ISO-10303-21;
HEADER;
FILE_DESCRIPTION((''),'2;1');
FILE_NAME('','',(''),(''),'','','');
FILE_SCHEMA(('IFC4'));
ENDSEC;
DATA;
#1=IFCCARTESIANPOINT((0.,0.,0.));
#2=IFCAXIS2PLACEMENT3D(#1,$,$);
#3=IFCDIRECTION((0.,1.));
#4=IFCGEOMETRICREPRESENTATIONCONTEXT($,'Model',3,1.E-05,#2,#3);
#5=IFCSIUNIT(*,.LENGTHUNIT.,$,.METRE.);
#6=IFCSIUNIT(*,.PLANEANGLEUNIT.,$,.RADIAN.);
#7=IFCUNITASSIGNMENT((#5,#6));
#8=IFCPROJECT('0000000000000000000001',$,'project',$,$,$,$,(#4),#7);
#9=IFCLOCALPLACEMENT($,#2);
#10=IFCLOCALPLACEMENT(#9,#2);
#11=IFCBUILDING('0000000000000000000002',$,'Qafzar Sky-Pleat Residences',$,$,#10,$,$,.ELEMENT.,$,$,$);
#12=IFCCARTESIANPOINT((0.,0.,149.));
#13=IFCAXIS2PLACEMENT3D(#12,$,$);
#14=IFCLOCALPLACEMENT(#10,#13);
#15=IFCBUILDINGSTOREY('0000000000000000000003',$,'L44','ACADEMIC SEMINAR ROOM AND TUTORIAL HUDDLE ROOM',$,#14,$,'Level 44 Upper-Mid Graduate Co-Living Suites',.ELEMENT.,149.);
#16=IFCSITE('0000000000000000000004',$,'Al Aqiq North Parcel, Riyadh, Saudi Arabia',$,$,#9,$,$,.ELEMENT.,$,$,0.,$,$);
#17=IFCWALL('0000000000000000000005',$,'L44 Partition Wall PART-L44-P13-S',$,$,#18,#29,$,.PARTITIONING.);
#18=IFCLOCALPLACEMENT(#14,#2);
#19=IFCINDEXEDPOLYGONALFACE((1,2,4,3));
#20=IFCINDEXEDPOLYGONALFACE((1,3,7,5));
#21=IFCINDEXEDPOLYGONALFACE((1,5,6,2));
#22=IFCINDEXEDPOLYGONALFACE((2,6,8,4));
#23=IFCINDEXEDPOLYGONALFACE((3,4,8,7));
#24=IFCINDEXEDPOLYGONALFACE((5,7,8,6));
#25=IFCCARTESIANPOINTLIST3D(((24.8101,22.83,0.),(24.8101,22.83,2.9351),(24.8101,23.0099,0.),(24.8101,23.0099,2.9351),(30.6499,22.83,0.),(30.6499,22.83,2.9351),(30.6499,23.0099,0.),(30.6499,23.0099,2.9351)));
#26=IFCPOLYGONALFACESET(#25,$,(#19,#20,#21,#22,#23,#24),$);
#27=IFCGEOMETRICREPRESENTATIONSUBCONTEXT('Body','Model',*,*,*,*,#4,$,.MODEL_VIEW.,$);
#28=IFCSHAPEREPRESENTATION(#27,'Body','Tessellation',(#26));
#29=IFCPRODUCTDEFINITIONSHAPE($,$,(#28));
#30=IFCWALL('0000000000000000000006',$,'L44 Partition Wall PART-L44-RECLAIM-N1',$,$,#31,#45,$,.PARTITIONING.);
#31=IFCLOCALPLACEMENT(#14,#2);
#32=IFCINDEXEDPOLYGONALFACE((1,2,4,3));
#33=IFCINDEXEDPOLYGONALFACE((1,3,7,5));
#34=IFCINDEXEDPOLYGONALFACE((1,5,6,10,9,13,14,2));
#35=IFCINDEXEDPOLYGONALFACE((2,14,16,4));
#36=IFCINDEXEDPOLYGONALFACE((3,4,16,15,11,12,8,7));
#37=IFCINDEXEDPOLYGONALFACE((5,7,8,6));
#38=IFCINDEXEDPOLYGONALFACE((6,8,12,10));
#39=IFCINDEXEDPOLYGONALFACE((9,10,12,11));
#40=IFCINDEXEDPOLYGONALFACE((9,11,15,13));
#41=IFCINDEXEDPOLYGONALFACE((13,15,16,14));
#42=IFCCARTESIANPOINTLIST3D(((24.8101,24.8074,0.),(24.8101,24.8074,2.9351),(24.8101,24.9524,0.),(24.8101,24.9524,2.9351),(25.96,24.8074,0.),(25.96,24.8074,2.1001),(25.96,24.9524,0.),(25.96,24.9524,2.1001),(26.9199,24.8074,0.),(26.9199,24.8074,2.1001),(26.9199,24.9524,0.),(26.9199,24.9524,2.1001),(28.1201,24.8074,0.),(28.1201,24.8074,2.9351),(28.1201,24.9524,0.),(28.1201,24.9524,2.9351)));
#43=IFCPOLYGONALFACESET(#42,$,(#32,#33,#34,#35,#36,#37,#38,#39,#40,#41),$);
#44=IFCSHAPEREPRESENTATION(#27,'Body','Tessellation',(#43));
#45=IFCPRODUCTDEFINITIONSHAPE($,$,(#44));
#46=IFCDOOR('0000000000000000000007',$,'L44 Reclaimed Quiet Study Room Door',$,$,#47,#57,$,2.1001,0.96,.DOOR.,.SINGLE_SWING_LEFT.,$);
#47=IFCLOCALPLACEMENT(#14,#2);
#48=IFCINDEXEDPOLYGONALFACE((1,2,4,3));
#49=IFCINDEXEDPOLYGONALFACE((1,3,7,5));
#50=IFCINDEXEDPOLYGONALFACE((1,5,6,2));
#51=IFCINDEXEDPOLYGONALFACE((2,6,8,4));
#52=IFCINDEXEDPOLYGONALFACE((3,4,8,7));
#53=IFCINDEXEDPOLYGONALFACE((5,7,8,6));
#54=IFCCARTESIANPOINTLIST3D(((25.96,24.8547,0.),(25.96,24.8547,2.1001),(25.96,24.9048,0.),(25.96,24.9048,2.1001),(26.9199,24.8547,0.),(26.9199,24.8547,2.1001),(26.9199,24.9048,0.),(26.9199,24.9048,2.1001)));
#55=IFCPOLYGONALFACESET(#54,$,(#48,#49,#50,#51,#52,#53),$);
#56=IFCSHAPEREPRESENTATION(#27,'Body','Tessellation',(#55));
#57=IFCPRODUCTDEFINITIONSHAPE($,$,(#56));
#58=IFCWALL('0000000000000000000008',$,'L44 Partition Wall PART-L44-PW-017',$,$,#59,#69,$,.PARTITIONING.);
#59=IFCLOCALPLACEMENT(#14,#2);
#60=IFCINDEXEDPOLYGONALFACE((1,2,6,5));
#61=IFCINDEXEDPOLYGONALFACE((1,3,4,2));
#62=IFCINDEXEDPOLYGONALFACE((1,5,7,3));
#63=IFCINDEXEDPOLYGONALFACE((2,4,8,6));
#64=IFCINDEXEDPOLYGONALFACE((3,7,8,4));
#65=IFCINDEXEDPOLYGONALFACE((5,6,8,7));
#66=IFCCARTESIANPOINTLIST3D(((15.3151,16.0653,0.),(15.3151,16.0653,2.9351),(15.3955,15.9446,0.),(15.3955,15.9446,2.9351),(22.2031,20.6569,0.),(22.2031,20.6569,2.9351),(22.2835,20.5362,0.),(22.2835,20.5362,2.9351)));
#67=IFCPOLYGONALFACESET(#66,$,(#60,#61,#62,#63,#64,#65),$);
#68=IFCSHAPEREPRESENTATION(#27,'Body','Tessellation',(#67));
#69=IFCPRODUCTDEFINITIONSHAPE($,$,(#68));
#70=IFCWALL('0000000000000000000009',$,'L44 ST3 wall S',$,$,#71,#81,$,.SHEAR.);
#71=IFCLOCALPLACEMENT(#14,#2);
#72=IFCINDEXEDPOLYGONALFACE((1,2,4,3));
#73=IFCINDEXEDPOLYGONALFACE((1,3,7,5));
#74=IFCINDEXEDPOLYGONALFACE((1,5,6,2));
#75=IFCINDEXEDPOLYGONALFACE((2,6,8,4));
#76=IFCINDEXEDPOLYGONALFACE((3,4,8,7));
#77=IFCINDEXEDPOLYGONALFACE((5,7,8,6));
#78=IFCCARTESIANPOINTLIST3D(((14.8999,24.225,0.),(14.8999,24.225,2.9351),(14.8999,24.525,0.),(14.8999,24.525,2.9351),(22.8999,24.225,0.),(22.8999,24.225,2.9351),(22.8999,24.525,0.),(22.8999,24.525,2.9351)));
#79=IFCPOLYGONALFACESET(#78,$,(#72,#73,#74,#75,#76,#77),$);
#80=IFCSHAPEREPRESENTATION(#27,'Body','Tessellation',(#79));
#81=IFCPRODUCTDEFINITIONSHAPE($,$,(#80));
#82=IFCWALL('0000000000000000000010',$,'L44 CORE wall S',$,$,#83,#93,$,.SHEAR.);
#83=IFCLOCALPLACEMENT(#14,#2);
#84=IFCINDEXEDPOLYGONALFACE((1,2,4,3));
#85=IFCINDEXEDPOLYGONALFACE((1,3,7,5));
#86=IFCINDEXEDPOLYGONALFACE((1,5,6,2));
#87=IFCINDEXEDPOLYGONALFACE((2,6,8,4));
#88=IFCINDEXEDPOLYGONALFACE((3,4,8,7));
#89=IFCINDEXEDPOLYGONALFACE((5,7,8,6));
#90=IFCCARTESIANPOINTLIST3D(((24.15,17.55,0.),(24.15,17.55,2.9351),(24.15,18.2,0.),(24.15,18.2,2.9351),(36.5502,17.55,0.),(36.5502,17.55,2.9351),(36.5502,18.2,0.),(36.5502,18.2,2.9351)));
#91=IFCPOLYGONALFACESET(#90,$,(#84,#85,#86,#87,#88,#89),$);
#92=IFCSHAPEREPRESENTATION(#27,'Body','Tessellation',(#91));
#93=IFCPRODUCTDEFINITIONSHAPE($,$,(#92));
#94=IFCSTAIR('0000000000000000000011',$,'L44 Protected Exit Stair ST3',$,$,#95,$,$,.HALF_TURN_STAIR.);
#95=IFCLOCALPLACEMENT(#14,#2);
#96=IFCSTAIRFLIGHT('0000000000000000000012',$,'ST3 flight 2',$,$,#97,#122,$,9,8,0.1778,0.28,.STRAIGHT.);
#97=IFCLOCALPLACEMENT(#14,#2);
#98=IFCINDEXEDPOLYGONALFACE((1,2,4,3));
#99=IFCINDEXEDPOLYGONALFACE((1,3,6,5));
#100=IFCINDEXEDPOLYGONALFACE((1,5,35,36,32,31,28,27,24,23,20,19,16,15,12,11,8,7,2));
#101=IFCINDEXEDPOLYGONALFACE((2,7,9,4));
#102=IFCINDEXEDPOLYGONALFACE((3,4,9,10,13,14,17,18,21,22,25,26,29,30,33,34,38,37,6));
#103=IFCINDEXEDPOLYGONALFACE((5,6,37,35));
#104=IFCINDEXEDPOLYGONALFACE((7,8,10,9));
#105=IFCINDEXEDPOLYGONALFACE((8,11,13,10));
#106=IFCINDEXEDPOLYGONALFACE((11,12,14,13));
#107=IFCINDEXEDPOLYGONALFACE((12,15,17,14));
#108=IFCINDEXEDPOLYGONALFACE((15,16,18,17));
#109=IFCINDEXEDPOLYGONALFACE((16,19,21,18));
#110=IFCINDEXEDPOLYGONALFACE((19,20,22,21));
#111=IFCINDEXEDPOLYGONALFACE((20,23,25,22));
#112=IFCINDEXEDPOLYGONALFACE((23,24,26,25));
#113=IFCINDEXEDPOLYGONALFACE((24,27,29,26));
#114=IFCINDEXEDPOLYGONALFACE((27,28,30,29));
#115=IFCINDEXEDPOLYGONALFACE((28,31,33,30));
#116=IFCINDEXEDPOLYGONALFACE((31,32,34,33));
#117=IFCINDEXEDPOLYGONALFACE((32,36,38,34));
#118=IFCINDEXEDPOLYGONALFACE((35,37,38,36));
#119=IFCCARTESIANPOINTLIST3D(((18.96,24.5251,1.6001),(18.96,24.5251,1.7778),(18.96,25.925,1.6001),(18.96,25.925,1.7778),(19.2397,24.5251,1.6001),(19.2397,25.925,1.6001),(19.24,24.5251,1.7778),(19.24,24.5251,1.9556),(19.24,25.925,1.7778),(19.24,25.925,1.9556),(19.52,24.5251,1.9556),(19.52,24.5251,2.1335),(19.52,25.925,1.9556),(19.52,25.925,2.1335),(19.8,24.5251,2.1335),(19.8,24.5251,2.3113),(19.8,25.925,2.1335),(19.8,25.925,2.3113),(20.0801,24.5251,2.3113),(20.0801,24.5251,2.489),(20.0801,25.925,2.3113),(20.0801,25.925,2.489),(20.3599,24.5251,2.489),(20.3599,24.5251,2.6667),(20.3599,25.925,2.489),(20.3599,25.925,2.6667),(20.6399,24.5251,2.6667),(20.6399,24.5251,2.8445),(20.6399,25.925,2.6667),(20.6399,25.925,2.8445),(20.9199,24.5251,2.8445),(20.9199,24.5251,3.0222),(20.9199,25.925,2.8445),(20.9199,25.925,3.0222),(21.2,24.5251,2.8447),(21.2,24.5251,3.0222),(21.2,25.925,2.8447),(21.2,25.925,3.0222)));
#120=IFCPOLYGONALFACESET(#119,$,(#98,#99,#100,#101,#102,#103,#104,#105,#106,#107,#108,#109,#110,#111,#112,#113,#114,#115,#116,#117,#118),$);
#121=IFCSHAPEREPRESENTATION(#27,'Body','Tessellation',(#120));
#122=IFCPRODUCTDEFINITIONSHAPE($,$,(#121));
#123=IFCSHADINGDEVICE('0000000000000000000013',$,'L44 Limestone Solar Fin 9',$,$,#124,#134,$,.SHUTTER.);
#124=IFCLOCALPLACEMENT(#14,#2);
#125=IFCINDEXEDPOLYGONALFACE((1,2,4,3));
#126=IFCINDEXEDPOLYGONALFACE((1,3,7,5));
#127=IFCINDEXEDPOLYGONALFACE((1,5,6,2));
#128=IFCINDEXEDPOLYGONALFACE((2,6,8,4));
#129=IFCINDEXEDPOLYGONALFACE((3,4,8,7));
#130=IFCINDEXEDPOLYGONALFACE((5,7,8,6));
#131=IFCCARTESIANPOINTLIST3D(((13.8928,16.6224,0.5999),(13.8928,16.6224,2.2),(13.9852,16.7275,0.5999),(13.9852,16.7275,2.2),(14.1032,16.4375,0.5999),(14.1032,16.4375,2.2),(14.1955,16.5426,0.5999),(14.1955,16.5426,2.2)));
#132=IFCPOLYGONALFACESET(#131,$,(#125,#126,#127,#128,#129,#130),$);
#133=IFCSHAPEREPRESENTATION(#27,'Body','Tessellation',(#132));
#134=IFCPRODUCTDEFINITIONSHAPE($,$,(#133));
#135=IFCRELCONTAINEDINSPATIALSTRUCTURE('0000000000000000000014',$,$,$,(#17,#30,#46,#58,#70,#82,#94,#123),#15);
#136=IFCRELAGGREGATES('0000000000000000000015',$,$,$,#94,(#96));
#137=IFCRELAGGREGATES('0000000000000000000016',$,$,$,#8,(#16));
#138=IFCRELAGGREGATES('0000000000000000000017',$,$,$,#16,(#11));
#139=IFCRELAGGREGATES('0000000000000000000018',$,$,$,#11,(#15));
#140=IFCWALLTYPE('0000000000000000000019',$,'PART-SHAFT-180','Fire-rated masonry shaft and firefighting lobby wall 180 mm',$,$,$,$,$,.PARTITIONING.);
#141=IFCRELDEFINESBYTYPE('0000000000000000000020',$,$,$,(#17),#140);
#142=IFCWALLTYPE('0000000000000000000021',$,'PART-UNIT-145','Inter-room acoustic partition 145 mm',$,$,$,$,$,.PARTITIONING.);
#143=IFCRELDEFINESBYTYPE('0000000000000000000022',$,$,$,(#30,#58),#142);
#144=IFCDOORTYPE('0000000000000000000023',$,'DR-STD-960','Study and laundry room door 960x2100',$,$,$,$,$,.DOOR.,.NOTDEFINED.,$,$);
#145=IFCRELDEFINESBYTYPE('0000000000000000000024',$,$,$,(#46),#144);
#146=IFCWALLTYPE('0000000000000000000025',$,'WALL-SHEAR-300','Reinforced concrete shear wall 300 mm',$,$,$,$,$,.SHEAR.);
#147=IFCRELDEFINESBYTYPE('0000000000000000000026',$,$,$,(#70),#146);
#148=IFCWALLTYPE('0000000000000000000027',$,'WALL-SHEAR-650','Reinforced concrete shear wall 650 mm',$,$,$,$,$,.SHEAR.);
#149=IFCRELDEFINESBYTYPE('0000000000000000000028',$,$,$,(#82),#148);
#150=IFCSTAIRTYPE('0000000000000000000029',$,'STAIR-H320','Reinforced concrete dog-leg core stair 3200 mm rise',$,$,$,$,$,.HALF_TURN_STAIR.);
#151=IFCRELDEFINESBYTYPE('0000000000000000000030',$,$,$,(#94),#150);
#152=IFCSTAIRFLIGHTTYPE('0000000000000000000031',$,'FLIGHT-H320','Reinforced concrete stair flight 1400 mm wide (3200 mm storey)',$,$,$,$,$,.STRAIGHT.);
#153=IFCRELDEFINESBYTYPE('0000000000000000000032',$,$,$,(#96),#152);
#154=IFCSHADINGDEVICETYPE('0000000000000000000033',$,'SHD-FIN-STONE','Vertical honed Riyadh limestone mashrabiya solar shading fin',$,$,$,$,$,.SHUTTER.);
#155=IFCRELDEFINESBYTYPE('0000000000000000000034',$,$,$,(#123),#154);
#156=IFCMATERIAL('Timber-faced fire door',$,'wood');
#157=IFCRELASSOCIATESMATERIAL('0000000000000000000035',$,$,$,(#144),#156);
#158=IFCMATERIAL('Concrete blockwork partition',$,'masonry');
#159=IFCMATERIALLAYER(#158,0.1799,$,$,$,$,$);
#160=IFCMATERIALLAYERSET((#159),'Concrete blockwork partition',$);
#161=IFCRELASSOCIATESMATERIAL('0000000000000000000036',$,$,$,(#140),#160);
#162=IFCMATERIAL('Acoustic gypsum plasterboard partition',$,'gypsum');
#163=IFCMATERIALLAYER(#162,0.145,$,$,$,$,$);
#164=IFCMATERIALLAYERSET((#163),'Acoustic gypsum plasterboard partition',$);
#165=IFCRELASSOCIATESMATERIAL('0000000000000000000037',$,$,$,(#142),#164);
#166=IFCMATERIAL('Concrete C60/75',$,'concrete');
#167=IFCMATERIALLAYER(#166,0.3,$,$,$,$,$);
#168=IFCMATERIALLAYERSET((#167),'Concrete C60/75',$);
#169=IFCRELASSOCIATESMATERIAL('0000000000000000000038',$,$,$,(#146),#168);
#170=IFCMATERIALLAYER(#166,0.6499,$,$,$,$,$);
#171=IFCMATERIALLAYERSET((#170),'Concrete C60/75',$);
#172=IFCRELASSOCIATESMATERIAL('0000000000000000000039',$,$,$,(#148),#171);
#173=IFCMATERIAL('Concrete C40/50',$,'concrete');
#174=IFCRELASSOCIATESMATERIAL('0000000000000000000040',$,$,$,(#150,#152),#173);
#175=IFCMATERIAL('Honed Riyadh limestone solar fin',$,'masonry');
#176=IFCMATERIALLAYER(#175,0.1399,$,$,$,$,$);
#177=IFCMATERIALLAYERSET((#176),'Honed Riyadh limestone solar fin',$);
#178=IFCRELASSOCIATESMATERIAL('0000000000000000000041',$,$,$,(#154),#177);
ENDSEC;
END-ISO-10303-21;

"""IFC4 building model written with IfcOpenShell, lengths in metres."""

from ifc_helpers import new_model, si_unit, direction, frame, frame_2d, origin, origin_2d, place, context, subcontext, project, spatial, polyline, rectangle, outline, extrude, source, transform, mapped, material, layer, layer_set, type_object, element, fill, aggregate, save


model = new_model("IFC4")

# Units and contexts
model_context = context("Model", 3, precision=1e-05, world=origin(), true_north=direction((0.0, 1.0)))
body_context = subcontext(model_context, "Body", "Model", "MODEL_VIEW")
ifc_project = project(units=[si_unit("LENGTHUNIT", "METRE"), si_unit("PLANEANGLEUNIT", "RADIAN")], contexts=[model_context])

# Site, building, storey
site_placement = place(None, origin())
site = spatial("IfcSite", under=ifc_project, at=site_placement, Name="Al Aqiq North Parcel, Riyadh, Saudi Arabia", CompositionType="ELEMENT", RefElevation=0.0)
building_placement = place(site_placement, origin())
building = spatial("IfcBuilding", under=site, at=building_placement, Name="Qafzar Sky-Pleat Residences", CompositionType="ELEMENT")
storey_placement = place(building_placement, frame((0.0, 0.0, 149.0)))
storey = spatial("IfcBuildingStorey", under=building, at=storey_placement, Name="L44", Description="ACADEMIC SEMINAR ROOM AND TUTORIAL HUDDLE ROOM", LongName="Level 44 Upper-Mid Graduate Co-Living Suites", CompositionType="ELEMENT", Elevation=149.0)

# Shared definitions
ifc_material_1 = material(Name="Acoustic gypsum plasterboard partition", Category="gypsum")
ifc_material_2 = material(Name="Timber-faced fire door", Category="wood")
door_type_1 = type_object("IfcDoorType", Name="DR-STD-960", Description="Study and laundry room door 960x2100", OperationType="NOTDEFINED", PredefinedType="DOOR", material=ifc_material_2)
shared_shape_1 = source(origin(), body_context, "Body", "SweptSolid", [
    extrude(rectangle(XDim=0.96, YDim=2.1001, at=frame_2d((0.48, 1.05))), frame((0.0, 0.0249, 0.0), z_axis=(0.0, -1.0, 0.0), x_axis=(1.0, 0.0, 0.0)), (0.0, 0.0, 1.0), 0.05),
])

# Wall
ifc_material_3 = material(Name="Concrete blockwork partition", Category="masonry")
ifc_layer_1 = layer(ifc_material_3, 0.1799)
ifc_layer_set_1 = layer_set([ifc_layer_1], Name="Concrete blockwork partition")
wall_type_1 = type_object("IfcWallType", Name="PART-SHAFT-180", Description="Fire-rated masonry shaft and firefighting lobby wall 180 mm", PredefinedType="PARTITIONING", material=ifc_layer_set_1)
wall_1_placement = place(storey_placement, frame((24.8101, 22.9199, 0.0), z_axis=(0.0, 0.0, 1.0), x_axis=(1.0, 0.0, 0.0)))
element("IfcWall", 1, at=wall_1_placement, inside=storey, type_object=wall_type_1, Name="L44 Partition Wall PART-L44-P13-S", PredefinedType="PARTITIONING", context=body_context, shape_type="SweptSolid", body=[
    extrude(rectangle(XDim=5.8398, YDim=0.1799, at=frame_2d((2.9199, 0.0))), origin(), (0.0, 0.0, 1.0), 2.9351),
])

# Wall, opening, door
ifc_layer_2 = layer(ifc_material_1, 0.145)
ifc_layer_set_2 = layer_set([ifc_layer_2], Name="Acoustic gypsum plasterboard partition")
wall_type_2 = type_object("IfcWallType", Name="PART-UNIT-145", Description="Inter-room acoustic partition 145 mm", PredefinedType="PARTITIONING", material=ifc_layer_set_2)
wall_2_placement = place(storey_placement, frame((24.8101, 24.8799, 0.0), z_axis=(0.0, 0.0, 1.0), x_axis=(1.0, 0.0, 0.0)))
wall_2 = element("IfcWall", 2, at=wall_2_placement, inside=storey, type_object=wall_type_2, Name="L44 Partition Wall PART-L44-RECLAIM-N1", PredefinedType="PARTITIONING", context=body_context, shape_type="SweptSolid", body=[
    extrude(rectangle(XDim=3.3101, YDim=0.145, at=frame_2d((1.655, 0.0))), origin(), (0.0, 0.0, 1.0), 2.9351),
])
opening_1_placement = place(wall_2_placement, frame((1.1499, 0.0, 0.0)))
opening_1 = element("IfcOpeningElement", 3, at=opening_1_placement, cuts=wall_2, PredefinedType="OPENING", context=body_context, shape_type="SweptSolid", body=[
    extrude(rectangle(XDim=0.96, YDim=2.1001, at=frame_2d((0.48, 1.05))), frame((0.0, 0.0825, 0.0), z_axis=(0.0, -1.0, 0.0), x_axis=(1.0, 0.0, 0.0)), (0.0, 0.0, 1.0), 0.165),
])
door_1_placement = place(opening_1_placement, origin())
door_1 = element("IfcDoor", 4, at=door_1_placement, inside=storey, type_object=door_type_1, Name="L44 Reclaimed Quiet Study Room Door", OperationType="SINGLE_SWING_LEFT", OverallHeight=2.1001, OverallWidth=0.96, PredefinedType="DOOR", context=body_context, shape_type="MappedRepresentation", body=[
    mapped(shared_shape_1, transform((0.0, 0.0, 0.0), x_axis=(1.0, 0.0, 0.0), y_axis=(0.0, 1.0, 0.0), z_axis=(0.0, 0.0, 1.0), scale=1.0)),
])
fill(opening_1, door_1)

# Wall
wall_3_placement = place(storey_placement, frame((15.3552, 16.0049, 0.0), z_axis=(0.0, 0.0, 1.0), x_axis=(0.832073, 0.554666, 0.0)))
element("IfcWall", 5, at=wall_3_placement, inside=storey, type_object=wall_type_2, Name="L44 Partition Wall PART-L44-PW-017", PredefinedType="PARTITIONING", context=body_context, shape_type="SweptSolid", body=[
    extrude(rectangle(XDim=8.2781, YDim=0.145, at=frame_2d((4.1392, 0.0))), origin(), (0.0, 0.0, 1.0), 2.9351),
])

# Shared definitions
ifc_material_4 = material(Name="Concrete C60/75", Category="concrete")
ifc_layer_3 = layer(ifc_material_4, 0.3)
ifc_layer_set_3 = layer_set([ifc_layer_3], Name="Concrete C60/75")
wall_type_3 = type_object("IfcWallType", Name="WALL-SHEAR-300", Description="Reinforced concrete shear wall 300 mm", PredefinedType="SHEAR", material=ifc_layer_set_3)

# Wall
wall_4_placement = place(storey_placement, frame((14.8999, 24.375, 0.0), z_axis=(0.0, 0.0, 1.0), x_axis=(1.0, 0.0, 0.0)))
element("IfcWall", 6, at=wall_4_placement, inside=storey, type_object=wall_type_3, Name="L44 ST3 wall S", PredefinedType="SHEAR", context=body_context, shape_type="SweptSolid", body=[
    extrude(rectangle(XDim=8.0, YDim=0.3, at=frame_2d((4.0, 0.0))), origin(), (0.0, 0.0, 1.0), 2.9351),
])

# Wall
ifc_layer_4 = layer(ifc_material_4, 0.6499)
ifc_layer_set_4 = layer_set([ifc_layer_4], Name="Concrete C60/75")
wall_type_4 = type_object("IfcWallType", Name="WALL-SHEAR-650", Description="Reinforced concrete shear wall 650 mm", PredefinedType="SHEAR", material=ifc_layer_set_4)
wall_5_placement = place(storey_placement, frame((24.1499, 17.875, 0.0), z_axis=(0.0, 0.0, 1.0), x_axis=(1.0, 0.0, 0.0)))
element("IfcWall", 7, at=wall_5_placement, inside=storey, type_object=wall_type_4, Name="L44 CORE wall S", PredefinedType="SHEAR", context=body_context, shape_type="SweptSolid", body=[
    extrude(rectangle(XDim=12.4001, YDim=0.6499, at=frame_2d((6.2002, 0.0))), origin(), (0.0, 0.0, 1.0), 2.9351),
])

# Stair, stair flight
ifc_material_5 = material(Name="Concrete C40/50", Category="concrete")
stair_type = type_object("IfcStairType", Name="STAIR-H320", Description="Reinforced concrete dog-leg core stair 3200 mm rise", PredefinedType="HALF_TURN_STAIR", material=ifc_material_5)
stair_placement = place(storey_placement, origin())
stair = element("IfcStair", 8, at=stair_placement, inside=storey, type_object=stair_type, Name="L44 Protected Exit Stair ST3", PredefinedType="HALF_TURN_STAIR")
stair_flight_type = type_object("IfcStairFlightType", Name="FLIGHT-H320", Description="Reinforced concrete stair flight 1400 mm wide (3200 mm storey)", PredefinedType="STRAIGHT", material=ifc_material_5)
shared_shape_2 = source(origin(), body_context, "Body", "SweptSolid", [
    extrude(outline(polyline([(0.0, 0.0), (0.0, 0.1777), (0.28, 0.1777), (0.28, 0.3555), (0.5601, 0.3555), (0.5601, 0.5334), (0.8401, 0.5334), (0.8401, 0.7112), (1.1201, 0.7112), (1.1201, 0.8889), (1.3999, 0.8889), (1.3999, 1.0667), (1.6799, 1.0667), (1.6799, 1.2444), (1.96, 1.2444), (1.96, 1.4221), (2.24, 1.4221), (2.24, 1.6001), (2.24, 1.2446), (0.2798, 0.0), (0.0, 0.0)])), frame((0.0, 0.7, 0.0), z_axis=(0.0, -1.0, 0.0), x_axis=(1.0, 0.0, 0.0)), (0.0, 0.0, 1.0), 1.3999),
])
stair_flight_placement = place(storey_placement, frame((18.96, 25.2251, 1.6001), z_axis=(0.0, 0.0, 1.0), x_axis=(1.0, 0.0, 0.0)))
stair_flight = element("IfcStairFlight", 9, at=stair_flight_placement, type_object=stair_flight_type, Name="ST3 flight 2", NumberOfRisers=9, NumberOfTreads=8, PredefinedType="STRAIGHT", RiserHeight=0.1778, TreadLength=0.28, context=body_context, shape_type="MappedRepresentation", body=[
    mapped(shared_shape_2, transform((0.0, 0.0, 0.0), x_axis=(1.0, 0.0, 0.0), y_axis=(0.0, 1.0, 0.0), z_axis=(0.0, 0.0, 1.0), scale=1.0)),
])
aggregate(stair, [stair_flight])

# Shading device
ifc_material_6 = material(Name="Honed Riyadh limestone solar fin", Category="masonry")
ifc_layer_5 = layer(ifc_material_6, 0.1399)
ifc_layer_set_5 = layer_set([ifc_layer_5], Name="Honed Riyadh limestone solar fin")
shading_device_type = type_object("IfcShadingDeviceType", Name="SHD-FIN-STONE", Description="Vertical honed Riyadh limestone mashrabiya solar shading fin", PredefinedType="SHUTTER", material=ifc_layer_set_5)
shared_shape_3 = source(origin(), body_context, "Body", "SweptSolid", [
    extrude(rectangle(XDim=0.1399, YDim=0.28, at=origin_2d()), origin(), (0.0, 0.0, 1.0), 1.6001),
])
shading_device_placement = place(storey_placement, frame((14.0442, 16.5825, 0.5999), z_axis=(0.0, 0.0, 1.0), x_axis=(-0.660155, -0.75113, 0.0)))
element("IfcShadingDevice", 10, at=shading_device_placement, inside=storey, type_object=shading_device_type, Name="L44 Limestone Solar Fin 9", PredefinedType="SHUTTER", context=body_context, shape_type="MappedRepresentation", body=[
    mapped(shared_shape_3, transform((0.0, 0.0, 0.0), x_axis=(1.0, 0.0, 0.0), y_axis=(0.0, 1.0, 0.0), z_axis=(0.0, 0.0, 1.0), scale=1.0)),
])

save(model, "model.ifc")
